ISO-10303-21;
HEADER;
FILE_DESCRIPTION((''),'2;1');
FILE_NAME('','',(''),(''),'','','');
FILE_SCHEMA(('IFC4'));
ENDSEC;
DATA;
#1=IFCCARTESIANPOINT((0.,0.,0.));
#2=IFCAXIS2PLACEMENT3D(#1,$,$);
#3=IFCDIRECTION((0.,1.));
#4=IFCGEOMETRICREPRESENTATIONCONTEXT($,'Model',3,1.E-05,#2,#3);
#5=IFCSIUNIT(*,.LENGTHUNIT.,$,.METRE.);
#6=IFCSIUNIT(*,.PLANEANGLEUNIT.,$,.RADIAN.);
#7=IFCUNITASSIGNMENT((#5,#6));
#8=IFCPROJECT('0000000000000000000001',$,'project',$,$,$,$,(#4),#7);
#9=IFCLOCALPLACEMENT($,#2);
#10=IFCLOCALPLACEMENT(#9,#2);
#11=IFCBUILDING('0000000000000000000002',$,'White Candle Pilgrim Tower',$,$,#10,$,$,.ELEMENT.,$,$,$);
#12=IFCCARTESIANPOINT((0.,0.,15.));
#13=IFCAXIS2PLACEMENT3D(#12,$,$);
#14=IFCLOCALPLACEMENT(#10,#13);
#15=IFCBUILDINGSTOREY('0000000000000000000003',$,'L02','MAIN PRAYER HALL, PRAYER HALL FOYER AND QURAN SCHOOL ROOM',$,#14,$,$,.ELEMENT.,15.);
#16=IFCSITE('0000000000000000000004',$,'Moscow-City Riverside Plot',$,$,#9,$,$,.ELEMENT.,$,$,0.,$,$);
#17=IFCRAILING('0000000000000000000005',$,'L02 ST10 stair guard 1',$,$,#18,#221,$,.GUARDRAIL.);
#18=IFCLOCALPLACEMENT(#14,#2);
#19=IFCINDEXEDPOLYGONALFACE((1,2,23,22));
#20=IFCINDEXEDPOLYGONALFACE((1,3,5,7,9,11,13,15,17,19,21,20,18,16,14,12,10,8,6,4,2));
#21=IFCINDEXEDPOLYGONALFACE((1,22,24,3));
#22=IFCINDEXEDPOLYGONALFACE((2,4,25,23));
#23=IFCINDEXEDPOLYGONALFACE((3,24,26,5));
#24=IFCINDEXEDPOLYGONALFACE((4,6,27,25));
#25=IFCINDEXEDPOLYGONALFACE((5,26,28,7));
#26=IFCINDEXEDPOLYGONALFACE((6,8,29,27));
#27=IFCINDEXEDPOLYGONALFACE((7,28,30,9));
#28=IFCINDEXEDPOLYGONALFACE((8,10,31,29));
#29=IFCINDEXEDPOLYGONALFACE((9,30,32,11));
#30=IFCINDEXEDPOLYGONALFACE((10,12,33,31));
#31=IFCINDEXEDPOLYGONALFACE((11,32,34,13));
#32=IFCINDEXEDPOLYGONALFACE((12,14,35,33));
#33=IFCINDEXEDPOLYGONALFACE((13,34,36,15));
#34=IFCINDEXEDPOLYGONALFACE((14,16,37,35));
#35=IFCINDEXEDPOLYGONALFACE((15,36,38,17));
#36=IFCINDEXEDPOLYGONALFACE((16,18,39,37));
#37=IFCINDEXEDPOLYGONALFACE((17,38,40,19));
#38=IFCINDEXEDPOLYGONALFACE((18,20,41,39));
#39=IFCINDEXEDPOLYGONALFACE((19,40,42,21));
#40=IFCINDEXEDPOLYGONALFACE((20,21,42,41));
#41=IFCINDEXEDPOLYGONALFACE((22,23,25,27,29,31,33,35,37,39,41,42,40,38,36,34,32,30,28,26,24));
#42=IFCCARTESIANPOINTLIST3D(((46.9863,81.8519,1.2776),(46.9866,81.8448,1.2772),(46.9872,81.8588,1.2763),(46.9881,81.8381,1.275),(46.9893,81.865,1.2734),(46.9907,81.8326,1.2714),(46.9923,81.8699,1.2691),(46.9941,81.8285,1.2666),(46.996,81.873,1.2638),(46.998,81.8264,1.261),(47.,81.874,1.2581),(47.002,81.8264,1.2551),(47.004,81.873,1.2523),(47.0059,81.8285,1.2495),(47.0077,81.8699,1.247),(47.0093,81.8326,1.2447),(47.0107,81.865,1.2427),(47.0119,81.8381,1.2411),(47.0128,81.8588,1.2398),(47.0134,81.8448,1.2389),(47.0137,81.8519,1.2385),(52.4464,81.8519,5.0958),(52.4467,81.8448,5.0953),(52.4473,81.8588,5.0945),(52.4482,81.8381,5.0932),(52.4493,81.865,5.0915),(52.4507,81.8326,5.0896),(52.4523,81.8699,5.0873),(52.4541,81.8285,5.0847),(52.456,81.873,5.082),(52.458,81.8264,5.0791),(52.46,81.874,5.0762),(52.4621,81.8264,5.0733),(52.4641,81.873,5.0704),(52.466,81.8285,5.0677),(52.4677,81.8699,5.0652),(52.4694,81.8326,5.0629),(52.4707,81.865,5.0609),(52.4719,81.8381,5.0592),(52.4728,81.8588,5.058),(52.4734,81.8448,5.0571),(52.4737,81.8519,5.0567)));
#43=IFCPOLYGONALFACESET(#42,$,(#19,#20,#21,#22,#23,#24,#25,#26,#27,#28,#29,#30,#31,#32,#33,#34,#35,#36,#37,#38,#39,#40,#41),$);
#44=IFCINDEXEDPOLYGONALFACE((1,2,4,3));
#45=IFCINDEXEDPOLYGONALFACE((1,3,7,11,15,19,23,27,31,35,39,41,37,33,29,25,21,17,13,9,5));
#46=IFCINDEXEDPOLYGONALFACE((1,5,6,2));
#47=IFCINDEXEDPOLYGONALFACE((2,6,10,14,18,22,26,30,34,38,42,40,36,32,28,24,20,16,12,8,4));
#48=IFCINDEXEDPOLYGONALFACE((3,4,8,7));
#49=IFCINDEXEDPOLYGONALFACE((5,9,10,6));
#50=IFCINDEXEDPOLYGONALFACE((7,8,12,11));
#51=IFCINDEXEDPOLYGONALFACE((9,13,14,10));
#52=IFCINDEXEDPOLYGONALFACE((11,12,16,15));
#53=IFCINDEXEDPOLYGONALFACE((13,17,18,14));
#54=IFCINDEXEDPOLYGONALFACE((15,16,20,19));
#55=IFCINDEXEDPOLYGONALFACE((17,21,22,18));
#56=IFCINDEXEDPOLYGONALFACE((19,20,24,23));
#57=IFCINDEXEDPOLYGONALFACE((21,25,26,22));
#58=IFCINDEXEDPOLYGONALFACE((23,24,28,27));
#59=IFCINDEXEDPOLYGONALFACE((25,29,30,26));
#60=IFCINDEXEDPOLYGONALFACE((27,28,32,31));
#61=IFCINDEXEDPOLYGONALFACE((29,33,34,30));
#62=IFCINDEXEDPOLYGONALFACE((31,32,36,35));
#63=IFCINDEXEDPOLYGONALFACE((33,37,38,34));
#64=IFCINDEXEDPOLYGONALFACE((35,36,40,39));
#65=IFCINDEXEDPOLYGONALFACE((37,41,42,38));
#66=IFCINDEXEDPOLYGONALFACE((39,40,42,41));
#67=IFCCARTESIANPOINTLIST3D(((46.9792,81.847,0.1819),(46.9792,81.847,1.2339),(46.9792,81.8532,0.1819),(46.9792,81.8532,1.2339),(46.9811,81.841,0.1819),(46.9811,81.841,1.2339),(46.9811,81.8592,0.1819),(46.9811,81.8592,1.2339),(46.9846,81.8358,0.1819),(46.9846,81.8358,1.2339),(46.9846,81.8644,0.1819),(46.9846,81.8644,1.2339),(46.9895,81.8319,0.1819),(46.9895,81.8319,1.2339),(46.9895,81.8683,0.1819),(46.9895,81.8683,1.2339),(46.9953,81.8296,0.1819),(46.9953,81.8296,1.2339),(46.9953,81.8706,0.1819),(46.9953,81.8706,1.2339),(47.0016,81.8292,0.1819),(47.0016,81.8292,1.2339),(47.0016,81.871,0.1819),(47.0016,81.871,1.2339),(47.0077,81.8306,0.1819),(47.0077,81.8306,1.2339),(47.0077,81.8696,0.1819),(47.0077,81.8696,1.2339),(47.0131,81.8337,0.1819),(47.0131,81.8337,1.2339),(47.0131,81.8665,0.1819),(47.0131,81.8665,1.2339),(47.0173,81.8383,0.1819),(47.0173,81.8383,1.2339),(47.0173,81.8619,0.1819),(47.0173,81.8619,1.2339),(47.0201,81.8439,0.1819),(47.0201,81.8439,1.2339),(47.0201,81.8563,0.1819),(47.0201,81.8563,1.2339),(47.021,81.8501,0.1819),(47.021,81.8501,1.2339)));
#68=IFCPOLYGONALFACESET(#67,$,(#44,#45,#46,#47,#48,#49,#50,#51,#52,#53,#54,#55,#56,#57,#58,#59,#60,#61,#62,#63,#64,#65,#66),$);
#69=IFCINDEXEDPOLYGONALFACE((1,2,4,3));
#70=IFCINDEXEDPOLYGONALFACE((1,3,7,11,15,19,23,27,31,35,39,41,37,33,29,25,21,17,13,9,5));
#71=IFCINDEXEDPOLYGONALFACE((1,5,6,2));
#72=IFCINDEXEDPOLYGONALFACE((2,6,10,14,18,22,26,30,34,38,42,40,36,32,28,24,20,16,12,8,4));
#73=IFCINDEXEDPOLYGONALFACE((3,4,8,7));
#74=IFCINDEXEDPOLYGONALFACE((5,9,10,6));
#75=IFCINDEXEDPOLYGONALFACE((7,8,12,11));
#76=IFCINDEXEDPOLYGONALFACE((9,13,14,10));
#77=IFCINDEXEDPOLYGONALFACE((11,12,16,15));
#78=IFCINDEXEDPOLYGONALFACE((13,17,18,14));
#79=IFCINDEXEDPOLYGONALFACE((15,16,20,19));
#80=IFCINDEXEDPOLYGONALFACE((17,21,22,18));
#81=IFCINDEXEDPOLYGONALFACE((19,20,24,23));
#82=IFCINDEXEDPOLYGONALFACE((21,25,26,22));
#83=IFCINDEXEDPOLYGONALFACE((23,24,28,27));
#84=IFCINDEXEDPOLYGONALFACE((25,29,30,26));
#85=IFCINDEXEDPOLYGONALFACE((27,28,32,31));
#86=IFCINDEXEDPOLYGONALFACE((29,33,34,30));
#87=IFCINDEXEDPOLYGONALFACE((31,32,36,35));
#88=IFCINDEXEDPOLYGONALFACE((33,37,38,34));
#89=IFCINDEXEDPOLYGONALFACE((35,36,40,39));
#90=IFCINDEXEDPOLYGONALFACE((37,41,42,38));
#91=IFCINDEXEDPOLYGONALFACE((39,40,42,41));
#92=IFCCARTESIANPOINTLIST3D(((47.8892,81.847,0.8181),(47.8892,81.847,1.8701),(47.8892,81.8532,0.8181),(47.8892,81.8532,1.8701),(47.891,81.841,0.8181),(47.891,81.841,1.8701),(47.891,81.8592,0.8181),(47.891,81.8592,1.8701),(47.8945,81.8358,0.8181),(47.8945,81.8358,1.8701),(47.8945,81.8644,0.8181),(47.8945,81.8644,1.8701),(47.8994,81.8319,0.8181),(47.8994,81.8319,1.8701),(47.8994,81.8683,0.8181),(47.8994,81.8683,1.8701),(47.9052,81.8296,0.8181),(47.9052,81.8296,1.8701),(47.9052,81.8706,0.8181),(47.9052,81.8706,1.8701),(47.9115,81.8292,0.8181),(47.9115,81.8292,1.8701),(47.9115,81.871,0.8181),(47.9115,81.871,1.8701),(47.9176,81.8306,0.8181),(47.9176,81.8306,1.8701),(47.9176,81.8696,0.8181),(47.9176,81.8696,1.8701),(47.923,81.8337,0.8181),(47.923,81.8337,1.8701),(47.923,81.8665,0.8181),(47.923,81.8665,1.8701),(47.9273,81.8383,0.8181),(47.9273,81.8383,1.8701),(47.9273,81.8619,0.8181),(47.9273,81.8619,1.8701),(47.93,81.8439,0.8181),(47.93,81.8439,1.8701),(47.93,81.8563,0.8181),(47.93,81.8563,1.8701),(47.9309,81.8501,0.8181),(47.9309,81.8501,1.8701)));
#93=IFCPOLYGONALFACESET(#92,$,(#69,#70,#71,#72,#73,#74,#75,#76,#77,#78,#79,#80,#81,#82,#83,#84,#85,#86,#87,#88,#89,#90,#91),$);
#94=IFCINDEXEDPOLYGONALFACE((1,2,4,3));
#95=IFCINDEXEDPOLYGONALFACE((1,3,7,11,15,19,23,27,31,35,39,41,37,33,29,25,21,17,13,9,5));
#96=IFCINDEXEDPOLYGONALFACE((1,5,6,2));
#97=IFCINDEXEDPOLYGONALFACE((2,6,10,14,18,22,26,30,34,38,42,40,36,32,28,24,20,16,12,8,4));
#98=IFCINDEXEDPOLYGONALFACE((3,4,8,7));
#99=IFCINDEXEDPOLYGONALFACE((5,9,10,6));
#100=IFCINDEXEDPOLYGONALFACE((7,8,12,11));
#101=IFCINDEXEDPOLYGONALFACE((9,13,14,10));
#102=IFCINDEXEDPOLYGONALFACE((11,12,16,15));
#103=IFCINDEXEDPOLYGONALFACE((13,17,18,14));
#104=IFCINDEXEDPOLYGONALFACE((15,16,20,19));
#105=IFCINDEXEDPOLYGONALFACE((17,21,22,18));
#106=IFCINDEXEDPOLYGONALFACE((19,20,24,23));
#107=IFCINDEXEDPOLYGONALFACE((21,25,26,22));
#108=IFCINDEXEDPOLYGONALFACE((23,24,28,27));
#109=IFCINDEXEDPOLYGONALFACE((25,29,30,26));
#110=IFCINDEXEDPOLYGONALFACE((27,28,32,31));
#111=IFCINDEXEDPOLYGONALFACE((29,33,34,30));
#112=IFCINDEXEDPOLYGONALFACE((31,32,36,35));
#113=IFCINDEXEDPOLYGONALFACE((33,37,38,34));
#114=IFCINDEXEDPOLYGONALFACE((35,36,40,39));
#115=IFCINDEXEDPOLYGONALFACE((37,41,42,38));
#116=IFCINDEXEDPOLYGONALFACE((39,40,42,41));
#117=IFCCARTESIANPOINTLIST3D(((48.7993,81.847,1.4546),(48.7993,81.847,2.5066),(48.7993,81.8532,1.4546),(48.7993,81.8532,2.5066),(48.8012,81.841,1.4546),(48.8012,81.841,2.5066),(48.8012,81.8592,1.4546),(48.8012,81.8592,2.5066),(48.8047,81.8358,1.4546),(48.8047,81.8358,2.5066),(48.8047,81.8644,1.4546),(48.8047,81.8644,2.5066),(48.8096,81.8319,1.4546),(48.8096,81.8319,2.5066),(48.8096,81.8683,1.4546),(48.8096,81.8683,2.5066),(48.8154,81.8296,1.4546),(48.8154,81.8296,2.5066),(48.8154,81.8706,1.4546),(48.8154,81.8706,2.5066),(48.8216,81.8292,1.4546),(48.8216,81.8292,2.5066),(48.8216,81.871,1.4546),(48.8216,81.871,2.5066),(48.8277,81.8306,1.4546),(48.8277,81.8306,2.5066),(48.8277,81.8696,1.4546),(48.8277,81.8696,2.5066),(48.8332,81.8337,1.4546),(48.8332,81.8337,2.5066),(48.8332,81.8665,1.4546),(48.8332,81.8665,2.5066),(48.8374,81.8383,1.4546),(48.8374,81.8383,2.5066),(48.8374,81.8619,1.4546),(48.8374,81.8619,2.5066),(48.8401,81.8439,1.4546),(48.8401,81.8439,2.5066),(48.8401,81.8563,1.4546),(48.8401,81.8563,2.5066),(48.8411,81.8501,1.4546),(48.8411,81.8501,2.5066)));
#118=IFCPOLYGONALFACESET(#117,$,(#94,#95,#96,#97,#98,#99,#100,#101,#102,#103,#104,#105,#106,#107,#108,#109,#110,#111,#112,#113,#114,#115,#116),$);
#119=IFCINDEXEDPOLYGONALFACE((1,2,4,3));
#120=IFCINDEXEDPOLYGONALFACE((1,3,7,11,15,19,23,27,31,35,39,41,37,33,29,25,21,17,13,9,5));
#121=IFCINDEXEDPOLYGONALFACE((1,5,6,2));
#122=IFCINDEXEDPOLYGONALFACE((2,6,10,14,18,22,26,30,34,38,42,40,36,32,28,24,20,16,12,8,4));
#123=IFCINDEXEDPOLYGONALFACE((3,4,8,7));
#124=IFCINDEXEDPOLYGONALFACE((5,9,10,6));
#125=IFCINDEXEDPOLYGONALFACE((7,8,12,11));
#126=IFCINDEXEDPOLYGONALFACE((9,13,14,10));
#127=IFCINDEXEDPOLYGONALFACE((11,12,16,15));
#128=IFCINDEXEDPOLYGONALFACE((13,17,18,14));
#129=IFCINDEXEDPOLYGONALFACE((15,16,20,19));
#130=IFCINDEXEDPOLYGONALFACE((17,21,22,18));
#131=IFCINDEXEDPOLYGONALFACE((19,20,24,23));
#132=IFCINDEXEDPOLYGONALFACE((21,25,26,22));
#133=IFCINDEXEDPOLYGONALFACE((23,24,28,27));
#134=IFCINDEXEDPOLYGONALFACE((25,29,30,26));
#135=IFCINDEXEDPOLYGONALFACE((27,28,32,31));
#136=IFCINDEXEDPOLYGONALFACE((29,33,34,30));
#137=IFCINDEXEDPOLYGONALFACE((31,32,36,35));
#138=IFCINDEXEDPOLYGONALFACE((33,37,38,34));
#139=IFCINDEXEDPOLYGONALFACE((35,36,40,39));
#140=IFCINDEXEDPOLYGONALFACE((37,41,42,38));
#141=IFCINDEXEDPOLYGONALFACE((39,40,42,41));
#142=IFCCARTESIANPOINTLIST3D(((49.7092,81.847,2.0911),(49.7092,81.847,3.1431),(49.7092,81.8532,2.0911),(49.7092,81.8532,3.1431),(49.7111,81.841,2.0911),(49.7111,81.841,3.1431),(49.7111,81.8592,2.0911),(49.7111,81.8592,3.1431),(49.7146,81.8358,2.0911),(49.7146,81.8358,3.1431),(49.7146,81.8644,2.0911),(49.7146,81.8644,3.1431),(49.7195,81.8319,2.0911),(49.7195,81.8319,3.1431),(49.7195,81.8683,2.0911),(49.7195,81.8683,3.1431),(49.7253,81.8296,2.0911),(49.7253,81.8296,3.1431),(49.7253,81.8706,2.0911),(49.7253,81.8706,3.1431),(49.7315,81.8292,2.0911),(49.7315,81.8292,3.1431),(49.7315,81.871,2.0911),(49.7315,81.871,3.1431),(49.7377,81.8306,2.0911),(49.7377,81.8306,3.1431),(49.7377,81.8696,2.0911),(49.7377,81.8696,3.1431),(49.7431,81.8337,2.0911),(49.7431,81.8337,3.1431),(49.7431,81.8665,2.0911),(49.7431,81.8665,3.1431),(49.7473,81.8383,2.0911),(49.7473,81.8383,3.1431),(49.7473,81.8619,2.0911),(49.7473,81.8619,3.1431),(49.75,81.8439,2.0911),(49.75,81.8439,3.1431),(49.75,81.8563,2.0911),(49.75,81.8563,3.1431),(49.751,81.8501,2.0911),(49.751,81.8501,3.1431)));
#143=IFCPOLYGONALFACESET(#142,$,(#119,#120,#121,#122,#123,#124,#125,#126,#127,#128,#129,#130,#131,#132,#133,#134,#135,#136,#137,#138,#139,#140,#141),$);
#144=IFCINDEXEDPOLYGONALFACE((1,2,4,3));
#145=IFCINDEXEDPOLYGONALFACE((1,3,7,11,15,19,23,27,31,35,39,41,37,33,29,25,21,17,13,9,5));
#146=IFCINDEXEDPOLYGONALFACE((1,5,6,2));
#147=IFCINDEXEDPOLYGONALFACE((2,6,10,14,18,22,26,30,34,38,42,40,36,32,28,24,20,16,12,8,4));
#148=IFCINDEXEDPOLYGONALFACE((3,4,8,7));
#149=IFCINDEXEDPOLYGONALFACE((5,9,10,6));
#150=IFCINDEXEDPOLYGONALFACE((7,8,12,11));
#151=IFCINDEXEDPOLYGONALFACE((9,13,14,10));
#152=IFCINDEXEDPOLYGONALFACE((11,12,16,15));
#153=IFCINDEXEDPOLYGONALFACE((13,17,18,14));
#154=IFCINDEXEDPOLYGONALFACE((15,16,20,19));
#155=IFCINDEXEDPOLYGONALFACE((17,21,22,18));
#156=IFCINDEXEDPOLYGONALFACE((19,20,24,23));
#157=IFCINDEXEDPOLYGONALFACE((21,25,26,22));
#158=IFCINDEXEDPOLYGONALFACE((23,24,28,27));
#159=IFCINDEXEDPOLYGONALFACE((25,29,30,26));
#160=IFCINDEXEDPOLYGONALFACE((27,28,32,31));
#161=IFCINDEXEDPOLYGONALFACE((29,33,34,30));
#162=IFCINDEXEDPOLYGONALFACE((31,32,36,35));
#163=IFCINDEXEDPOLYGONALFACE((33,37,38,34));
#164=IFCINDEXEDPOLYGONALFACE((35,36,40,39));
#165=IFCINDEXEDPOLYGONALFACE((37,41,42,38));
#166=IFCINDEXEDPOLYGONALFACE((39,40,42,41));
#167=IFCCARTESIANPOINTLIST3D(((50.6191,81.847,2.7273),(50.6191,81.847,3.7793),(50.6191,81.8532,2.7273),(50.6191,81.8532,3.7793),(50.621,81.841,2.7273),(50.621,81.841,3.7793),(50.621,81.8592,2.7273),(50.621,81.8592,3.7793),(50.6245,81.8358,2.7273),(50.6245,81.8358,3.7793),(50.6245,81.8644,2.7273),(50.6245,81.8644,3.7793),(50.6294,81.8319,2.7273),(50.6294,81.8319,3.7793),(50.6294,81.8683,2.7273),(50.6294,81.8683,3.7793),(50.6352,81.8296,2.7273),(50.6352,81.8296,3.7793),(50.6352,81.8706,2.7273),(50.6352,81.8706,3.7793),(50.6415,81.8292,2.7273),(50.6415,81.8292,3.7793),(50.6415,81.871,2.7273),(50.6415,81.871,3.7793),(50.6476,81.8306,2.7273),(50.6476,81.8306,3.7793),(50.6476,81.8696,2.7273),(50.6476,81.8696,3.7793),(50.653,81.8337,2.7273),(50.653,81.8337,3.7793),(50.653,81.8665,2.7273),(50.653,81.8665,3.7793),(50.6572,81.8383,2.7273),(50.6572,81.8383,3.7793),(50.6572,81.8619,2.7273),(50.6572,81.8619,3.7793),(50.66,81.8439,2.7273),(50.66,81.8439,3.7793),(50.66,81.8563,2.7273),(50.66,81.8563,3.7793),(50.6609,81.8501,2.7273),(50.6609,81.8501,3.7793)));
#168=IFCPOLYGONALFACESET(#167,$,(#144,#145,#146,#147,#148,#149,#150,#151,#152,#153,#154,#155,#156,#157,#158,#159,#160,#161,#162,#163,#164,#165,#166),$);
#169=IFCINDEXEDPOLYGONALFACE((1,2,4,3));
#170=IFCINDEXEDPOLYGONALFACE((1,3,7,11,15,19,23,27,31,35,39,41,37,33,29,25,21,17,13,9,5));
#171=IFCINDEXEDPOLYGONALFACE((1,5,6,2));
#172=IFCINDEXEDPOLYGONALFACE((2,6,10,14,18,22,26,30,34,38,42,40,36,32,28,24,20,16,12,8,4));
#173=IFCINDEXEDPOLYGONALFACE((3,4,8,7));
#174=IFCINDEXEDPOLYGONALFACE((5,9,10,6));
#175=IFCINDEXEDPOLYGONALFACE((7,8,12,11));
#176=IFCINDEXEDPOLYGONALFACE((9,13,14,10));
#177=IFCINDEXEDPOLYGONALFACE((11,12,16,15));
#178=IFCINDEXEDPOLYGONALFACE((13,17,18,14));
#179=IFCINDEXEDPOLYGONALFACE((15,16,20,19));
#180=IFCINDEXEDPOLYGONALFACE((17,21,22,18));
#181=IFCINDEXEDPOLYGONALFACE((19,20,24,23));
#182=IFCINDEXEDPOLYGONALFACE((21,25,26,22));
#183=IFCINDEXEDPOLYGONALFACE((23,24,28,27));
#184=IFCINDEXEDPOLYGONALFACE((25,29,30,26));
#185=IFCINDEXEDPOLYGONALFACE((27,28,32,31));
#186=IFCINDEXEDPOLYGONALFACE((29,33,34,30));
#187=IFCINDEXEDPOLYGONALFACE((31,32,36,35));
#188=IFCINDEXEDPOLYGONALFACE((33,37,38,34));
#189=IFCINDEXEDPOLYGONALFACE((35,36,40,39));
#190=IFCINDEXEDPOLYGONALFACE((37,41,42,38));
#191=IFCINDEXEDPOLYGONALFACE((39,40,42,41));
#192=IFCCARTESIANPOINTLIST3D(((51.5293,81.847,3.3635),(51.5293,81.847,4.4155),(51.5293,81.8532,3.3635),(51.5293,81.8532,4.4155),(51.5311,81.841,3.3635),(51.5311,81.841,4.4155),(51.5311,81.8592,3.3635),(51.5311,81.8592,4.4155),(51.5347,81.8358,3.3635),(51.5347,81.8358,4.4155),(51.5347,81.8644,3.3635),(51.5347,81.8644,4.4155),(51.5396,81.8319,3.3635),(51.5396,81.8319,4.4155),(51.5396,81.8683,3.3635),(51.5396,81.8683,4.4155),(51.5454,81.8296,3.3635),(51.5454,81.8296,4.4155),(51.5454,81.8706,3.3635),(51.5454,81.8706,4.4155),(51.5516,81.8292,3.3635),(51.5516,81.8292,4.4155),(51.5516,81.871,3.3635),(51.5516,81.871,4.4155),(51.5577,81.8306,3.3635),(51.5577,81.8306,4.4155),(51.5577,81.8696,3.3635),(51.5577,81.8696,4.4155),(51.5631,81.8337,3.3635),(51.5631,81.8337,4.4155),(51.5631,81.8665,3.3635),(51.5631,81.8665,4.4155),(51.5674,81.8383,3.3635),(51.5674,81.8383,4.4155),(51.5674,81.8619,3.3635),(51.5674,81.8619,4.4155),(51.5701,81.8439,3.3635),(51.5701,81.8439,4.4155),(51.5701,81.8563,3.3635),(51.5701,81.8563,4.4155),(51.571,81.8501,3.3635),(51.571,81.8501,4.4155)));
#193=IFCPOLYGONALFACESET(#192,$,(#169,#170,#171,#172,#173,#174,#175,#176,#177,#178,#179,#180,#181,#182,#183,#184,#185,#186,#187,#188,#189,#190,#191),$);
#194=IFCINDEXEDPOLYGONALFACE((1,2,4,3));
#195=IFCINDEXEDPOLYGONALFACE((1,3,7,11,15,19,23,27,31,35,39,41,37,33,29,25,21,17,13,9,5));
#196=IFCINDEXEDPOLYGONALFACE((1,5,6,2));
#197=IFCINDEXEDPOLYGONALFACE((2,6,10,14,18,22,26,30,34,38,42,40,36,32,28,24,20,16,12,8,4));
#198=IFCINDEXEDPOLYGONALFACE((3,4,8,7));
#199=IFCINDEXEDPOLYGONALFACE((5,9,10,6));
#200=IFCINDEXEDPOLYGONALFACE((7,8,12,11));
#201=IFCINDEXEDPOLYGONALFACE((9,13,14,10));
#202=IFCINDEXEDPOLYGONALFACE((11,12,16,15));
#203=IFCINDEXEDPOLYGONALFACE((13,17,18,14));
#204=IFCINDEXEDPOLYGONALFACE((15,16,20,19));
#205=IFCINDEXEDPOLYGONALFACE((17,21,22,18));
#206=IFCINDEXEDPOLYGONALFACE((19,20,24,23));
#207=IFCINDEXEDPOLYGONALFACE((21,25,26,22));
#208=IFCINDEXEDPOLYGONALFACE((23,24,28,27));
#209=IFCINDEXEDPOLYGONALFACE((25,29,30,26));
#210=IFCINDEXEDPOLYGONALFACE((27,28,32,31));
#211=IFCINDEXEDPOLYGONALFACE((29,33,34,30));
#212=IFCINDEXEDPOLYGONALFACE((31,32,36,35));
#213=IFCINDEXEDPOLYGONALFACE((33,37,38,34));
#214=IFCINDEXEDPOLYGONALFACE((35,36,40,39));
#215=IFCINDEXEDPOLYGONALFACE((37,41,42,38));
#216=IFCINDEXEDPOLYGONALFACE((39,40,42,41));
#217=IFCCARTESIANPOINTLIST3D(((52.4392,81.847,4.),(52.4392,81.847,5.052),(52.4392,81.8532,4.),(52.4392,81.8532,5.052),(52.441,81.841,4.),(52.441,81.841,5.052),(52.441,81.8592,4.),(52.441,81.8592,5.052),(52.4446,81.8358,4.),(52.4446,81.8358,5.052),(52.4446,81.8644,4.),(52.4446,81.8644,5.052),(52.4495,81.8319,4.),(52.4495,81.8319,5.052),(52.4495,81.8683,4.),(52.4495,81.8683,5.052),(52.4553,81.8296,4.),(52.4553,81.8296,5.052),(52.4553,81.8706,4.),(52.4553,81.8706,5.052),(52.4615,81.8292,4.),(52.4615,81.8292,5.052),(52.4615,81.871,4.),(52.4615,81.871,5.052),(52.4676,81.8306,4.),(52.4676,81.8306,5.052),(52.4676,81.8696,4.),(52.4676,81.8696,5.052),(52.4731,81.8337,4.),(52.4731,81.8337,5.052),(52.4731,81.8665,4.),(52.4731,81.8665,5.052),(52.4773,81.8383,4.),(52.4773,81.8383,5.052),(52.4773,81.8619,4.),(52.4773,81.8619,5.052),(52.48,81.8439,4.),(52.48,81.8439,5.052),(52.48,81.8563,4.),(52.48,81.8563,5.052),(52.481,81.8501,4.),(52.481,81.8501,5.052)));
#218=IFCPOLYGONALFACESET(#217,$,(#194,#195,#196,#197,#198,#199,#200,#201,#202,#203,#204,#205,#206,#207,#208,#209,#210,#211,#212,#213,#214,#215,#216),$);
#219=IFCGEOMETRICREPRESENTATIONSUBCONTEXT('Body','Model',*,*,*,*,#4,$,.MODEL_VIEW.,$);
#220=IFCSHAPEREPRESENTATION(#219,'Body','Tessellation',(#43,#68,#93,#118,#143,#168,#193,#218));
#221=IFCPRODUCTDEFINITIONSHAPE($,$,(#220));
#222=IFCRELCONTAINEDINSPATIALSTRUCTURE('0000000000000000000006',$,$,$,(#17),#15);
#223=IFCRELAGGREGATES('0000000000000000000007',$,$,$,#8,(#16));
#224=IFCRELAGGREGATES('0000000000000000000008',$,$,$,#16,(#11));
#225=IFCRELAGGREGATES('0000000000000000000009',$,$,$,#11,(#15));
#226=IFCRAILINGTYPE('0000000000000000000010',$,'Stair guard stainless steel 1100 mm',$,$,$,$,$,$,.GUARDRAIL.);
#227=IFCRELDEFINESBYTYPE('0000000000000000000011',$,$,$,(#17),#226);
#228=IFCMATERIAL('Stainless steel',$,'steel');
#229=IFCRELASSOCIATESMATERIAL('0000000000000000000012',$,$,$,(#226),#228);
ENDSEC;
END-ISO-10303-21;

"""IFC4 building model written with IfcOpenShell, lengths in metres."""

from ifc_helpers import new_model, si_unit, direction, frame, origin, origin_2d, place, context, subcontext, project, spatial, circle, extrude, material, type_object, element, save


model = new_model("IFC4")

# Units and contexts
model_context = context("Model", 3, precision=1e-05, world=origin(), true_north=direction((0.0, 1.0)))
body_context = subcontext(model_context, "Body", "Model", "MODEL_VIEW")
ifc_project = project(units=[si_unit("LENGTHUNIT", "METRE"), si_unit("PLANEANGLEUNIT", "RADIAN")], contexts=[model_context])

# Site, building, storey
site_placement = place(None, origin())
site = spatial("IfcSite", under=ifc_project, at=site_placement, Name="Moscow-City Riverside Plot", CompositionType="ELEMENT", RefElevation=0.0)
building_placement = place(site_placement, origin())
building = spatial("IfcBuilding", under=site, at=building_placement, Name="White Candle Pilgrim Tower", CompositionType="ELEMENT")
storey_placement = place(building_placement, frame((0.0, 0.0, 15.0)))
storey = spatial("IfcBuildingStorey", under=building, at=storey_placement, Name="L02", Description="MAIN PRAYER HALL, PRAYER HALL FOYER AND QURAN SCHOOL ROOM", CompositionType="ELEMENT", Elevation=15.0)

# Railing
ifc_material_1 = material(Name="Stainless steel", Category="steel")
railing_type_1 = type_object("IfcRailingType", Name="Stair guard stainless steel 1100 mm", PredefinedType="GUARDRAIL", material=ifc_material_1)
railing_1_placement = place(storey_placement, frame((47.0, 81.8501, 0.1819)))
element("IfcRailing", 1, at=railing_1_placement, inside=storey, type_object=railing_type_1, Name="L02 ST10 stair guard 1", PredefinedType="GUARDRAIL", context=body_context, shape_type="SweptSolid", body=[
    extrude(circle(Radius=0.0239, at=origin_2d()), frame((0.0, 0.0, 1.0762), z_axis=(0.819504, 0.0, 0.573074), x_axis=(0.0, 1.0, 0.0)), (0.0, 0.0, 1.0), 6.6626),
    extrude(circle(Radius=0.021, at=origin_2d()), origin(), (0.0, 0.0, 1.0), 1.052),
    extrude(circle(Radius=0.021, at=origin_2d()), frame((0.9099, 0.0, 0.6362)), (0.0, 0.0, 1.0), 1.052),
    extrude(circle(Radius=0.021, at=origin_2d()), frame((1.8201, 0.0, 1.2727)), (0.0, 0.0, 1.0), 1.052),
    extrude(circle(Radius=0.021, at=origin_2d()), frame((2.73, 0.0, 1.9092)), (0.0, 0.0, 1.0), 1.052),
    extrude(circle(Radius=0.021, at=origin_2d()), frame((3.6399, 0.0, 2.5454)), (0.0, 0.0, 1.0), 1.052),
    extrude(circle(Radius=0.021, at=origin_2d()), frame((4.55, 0.0, 3.1816)), (0.0, 0.0, 1.0), 1.052),
    extrude(circle(Radius=0.021, at=origin_2d()), frame((5.46, 0.0, 3.8181)), (0.0, 0.0, 1.0), 1.052),
])

save(model, "model.ifc")
